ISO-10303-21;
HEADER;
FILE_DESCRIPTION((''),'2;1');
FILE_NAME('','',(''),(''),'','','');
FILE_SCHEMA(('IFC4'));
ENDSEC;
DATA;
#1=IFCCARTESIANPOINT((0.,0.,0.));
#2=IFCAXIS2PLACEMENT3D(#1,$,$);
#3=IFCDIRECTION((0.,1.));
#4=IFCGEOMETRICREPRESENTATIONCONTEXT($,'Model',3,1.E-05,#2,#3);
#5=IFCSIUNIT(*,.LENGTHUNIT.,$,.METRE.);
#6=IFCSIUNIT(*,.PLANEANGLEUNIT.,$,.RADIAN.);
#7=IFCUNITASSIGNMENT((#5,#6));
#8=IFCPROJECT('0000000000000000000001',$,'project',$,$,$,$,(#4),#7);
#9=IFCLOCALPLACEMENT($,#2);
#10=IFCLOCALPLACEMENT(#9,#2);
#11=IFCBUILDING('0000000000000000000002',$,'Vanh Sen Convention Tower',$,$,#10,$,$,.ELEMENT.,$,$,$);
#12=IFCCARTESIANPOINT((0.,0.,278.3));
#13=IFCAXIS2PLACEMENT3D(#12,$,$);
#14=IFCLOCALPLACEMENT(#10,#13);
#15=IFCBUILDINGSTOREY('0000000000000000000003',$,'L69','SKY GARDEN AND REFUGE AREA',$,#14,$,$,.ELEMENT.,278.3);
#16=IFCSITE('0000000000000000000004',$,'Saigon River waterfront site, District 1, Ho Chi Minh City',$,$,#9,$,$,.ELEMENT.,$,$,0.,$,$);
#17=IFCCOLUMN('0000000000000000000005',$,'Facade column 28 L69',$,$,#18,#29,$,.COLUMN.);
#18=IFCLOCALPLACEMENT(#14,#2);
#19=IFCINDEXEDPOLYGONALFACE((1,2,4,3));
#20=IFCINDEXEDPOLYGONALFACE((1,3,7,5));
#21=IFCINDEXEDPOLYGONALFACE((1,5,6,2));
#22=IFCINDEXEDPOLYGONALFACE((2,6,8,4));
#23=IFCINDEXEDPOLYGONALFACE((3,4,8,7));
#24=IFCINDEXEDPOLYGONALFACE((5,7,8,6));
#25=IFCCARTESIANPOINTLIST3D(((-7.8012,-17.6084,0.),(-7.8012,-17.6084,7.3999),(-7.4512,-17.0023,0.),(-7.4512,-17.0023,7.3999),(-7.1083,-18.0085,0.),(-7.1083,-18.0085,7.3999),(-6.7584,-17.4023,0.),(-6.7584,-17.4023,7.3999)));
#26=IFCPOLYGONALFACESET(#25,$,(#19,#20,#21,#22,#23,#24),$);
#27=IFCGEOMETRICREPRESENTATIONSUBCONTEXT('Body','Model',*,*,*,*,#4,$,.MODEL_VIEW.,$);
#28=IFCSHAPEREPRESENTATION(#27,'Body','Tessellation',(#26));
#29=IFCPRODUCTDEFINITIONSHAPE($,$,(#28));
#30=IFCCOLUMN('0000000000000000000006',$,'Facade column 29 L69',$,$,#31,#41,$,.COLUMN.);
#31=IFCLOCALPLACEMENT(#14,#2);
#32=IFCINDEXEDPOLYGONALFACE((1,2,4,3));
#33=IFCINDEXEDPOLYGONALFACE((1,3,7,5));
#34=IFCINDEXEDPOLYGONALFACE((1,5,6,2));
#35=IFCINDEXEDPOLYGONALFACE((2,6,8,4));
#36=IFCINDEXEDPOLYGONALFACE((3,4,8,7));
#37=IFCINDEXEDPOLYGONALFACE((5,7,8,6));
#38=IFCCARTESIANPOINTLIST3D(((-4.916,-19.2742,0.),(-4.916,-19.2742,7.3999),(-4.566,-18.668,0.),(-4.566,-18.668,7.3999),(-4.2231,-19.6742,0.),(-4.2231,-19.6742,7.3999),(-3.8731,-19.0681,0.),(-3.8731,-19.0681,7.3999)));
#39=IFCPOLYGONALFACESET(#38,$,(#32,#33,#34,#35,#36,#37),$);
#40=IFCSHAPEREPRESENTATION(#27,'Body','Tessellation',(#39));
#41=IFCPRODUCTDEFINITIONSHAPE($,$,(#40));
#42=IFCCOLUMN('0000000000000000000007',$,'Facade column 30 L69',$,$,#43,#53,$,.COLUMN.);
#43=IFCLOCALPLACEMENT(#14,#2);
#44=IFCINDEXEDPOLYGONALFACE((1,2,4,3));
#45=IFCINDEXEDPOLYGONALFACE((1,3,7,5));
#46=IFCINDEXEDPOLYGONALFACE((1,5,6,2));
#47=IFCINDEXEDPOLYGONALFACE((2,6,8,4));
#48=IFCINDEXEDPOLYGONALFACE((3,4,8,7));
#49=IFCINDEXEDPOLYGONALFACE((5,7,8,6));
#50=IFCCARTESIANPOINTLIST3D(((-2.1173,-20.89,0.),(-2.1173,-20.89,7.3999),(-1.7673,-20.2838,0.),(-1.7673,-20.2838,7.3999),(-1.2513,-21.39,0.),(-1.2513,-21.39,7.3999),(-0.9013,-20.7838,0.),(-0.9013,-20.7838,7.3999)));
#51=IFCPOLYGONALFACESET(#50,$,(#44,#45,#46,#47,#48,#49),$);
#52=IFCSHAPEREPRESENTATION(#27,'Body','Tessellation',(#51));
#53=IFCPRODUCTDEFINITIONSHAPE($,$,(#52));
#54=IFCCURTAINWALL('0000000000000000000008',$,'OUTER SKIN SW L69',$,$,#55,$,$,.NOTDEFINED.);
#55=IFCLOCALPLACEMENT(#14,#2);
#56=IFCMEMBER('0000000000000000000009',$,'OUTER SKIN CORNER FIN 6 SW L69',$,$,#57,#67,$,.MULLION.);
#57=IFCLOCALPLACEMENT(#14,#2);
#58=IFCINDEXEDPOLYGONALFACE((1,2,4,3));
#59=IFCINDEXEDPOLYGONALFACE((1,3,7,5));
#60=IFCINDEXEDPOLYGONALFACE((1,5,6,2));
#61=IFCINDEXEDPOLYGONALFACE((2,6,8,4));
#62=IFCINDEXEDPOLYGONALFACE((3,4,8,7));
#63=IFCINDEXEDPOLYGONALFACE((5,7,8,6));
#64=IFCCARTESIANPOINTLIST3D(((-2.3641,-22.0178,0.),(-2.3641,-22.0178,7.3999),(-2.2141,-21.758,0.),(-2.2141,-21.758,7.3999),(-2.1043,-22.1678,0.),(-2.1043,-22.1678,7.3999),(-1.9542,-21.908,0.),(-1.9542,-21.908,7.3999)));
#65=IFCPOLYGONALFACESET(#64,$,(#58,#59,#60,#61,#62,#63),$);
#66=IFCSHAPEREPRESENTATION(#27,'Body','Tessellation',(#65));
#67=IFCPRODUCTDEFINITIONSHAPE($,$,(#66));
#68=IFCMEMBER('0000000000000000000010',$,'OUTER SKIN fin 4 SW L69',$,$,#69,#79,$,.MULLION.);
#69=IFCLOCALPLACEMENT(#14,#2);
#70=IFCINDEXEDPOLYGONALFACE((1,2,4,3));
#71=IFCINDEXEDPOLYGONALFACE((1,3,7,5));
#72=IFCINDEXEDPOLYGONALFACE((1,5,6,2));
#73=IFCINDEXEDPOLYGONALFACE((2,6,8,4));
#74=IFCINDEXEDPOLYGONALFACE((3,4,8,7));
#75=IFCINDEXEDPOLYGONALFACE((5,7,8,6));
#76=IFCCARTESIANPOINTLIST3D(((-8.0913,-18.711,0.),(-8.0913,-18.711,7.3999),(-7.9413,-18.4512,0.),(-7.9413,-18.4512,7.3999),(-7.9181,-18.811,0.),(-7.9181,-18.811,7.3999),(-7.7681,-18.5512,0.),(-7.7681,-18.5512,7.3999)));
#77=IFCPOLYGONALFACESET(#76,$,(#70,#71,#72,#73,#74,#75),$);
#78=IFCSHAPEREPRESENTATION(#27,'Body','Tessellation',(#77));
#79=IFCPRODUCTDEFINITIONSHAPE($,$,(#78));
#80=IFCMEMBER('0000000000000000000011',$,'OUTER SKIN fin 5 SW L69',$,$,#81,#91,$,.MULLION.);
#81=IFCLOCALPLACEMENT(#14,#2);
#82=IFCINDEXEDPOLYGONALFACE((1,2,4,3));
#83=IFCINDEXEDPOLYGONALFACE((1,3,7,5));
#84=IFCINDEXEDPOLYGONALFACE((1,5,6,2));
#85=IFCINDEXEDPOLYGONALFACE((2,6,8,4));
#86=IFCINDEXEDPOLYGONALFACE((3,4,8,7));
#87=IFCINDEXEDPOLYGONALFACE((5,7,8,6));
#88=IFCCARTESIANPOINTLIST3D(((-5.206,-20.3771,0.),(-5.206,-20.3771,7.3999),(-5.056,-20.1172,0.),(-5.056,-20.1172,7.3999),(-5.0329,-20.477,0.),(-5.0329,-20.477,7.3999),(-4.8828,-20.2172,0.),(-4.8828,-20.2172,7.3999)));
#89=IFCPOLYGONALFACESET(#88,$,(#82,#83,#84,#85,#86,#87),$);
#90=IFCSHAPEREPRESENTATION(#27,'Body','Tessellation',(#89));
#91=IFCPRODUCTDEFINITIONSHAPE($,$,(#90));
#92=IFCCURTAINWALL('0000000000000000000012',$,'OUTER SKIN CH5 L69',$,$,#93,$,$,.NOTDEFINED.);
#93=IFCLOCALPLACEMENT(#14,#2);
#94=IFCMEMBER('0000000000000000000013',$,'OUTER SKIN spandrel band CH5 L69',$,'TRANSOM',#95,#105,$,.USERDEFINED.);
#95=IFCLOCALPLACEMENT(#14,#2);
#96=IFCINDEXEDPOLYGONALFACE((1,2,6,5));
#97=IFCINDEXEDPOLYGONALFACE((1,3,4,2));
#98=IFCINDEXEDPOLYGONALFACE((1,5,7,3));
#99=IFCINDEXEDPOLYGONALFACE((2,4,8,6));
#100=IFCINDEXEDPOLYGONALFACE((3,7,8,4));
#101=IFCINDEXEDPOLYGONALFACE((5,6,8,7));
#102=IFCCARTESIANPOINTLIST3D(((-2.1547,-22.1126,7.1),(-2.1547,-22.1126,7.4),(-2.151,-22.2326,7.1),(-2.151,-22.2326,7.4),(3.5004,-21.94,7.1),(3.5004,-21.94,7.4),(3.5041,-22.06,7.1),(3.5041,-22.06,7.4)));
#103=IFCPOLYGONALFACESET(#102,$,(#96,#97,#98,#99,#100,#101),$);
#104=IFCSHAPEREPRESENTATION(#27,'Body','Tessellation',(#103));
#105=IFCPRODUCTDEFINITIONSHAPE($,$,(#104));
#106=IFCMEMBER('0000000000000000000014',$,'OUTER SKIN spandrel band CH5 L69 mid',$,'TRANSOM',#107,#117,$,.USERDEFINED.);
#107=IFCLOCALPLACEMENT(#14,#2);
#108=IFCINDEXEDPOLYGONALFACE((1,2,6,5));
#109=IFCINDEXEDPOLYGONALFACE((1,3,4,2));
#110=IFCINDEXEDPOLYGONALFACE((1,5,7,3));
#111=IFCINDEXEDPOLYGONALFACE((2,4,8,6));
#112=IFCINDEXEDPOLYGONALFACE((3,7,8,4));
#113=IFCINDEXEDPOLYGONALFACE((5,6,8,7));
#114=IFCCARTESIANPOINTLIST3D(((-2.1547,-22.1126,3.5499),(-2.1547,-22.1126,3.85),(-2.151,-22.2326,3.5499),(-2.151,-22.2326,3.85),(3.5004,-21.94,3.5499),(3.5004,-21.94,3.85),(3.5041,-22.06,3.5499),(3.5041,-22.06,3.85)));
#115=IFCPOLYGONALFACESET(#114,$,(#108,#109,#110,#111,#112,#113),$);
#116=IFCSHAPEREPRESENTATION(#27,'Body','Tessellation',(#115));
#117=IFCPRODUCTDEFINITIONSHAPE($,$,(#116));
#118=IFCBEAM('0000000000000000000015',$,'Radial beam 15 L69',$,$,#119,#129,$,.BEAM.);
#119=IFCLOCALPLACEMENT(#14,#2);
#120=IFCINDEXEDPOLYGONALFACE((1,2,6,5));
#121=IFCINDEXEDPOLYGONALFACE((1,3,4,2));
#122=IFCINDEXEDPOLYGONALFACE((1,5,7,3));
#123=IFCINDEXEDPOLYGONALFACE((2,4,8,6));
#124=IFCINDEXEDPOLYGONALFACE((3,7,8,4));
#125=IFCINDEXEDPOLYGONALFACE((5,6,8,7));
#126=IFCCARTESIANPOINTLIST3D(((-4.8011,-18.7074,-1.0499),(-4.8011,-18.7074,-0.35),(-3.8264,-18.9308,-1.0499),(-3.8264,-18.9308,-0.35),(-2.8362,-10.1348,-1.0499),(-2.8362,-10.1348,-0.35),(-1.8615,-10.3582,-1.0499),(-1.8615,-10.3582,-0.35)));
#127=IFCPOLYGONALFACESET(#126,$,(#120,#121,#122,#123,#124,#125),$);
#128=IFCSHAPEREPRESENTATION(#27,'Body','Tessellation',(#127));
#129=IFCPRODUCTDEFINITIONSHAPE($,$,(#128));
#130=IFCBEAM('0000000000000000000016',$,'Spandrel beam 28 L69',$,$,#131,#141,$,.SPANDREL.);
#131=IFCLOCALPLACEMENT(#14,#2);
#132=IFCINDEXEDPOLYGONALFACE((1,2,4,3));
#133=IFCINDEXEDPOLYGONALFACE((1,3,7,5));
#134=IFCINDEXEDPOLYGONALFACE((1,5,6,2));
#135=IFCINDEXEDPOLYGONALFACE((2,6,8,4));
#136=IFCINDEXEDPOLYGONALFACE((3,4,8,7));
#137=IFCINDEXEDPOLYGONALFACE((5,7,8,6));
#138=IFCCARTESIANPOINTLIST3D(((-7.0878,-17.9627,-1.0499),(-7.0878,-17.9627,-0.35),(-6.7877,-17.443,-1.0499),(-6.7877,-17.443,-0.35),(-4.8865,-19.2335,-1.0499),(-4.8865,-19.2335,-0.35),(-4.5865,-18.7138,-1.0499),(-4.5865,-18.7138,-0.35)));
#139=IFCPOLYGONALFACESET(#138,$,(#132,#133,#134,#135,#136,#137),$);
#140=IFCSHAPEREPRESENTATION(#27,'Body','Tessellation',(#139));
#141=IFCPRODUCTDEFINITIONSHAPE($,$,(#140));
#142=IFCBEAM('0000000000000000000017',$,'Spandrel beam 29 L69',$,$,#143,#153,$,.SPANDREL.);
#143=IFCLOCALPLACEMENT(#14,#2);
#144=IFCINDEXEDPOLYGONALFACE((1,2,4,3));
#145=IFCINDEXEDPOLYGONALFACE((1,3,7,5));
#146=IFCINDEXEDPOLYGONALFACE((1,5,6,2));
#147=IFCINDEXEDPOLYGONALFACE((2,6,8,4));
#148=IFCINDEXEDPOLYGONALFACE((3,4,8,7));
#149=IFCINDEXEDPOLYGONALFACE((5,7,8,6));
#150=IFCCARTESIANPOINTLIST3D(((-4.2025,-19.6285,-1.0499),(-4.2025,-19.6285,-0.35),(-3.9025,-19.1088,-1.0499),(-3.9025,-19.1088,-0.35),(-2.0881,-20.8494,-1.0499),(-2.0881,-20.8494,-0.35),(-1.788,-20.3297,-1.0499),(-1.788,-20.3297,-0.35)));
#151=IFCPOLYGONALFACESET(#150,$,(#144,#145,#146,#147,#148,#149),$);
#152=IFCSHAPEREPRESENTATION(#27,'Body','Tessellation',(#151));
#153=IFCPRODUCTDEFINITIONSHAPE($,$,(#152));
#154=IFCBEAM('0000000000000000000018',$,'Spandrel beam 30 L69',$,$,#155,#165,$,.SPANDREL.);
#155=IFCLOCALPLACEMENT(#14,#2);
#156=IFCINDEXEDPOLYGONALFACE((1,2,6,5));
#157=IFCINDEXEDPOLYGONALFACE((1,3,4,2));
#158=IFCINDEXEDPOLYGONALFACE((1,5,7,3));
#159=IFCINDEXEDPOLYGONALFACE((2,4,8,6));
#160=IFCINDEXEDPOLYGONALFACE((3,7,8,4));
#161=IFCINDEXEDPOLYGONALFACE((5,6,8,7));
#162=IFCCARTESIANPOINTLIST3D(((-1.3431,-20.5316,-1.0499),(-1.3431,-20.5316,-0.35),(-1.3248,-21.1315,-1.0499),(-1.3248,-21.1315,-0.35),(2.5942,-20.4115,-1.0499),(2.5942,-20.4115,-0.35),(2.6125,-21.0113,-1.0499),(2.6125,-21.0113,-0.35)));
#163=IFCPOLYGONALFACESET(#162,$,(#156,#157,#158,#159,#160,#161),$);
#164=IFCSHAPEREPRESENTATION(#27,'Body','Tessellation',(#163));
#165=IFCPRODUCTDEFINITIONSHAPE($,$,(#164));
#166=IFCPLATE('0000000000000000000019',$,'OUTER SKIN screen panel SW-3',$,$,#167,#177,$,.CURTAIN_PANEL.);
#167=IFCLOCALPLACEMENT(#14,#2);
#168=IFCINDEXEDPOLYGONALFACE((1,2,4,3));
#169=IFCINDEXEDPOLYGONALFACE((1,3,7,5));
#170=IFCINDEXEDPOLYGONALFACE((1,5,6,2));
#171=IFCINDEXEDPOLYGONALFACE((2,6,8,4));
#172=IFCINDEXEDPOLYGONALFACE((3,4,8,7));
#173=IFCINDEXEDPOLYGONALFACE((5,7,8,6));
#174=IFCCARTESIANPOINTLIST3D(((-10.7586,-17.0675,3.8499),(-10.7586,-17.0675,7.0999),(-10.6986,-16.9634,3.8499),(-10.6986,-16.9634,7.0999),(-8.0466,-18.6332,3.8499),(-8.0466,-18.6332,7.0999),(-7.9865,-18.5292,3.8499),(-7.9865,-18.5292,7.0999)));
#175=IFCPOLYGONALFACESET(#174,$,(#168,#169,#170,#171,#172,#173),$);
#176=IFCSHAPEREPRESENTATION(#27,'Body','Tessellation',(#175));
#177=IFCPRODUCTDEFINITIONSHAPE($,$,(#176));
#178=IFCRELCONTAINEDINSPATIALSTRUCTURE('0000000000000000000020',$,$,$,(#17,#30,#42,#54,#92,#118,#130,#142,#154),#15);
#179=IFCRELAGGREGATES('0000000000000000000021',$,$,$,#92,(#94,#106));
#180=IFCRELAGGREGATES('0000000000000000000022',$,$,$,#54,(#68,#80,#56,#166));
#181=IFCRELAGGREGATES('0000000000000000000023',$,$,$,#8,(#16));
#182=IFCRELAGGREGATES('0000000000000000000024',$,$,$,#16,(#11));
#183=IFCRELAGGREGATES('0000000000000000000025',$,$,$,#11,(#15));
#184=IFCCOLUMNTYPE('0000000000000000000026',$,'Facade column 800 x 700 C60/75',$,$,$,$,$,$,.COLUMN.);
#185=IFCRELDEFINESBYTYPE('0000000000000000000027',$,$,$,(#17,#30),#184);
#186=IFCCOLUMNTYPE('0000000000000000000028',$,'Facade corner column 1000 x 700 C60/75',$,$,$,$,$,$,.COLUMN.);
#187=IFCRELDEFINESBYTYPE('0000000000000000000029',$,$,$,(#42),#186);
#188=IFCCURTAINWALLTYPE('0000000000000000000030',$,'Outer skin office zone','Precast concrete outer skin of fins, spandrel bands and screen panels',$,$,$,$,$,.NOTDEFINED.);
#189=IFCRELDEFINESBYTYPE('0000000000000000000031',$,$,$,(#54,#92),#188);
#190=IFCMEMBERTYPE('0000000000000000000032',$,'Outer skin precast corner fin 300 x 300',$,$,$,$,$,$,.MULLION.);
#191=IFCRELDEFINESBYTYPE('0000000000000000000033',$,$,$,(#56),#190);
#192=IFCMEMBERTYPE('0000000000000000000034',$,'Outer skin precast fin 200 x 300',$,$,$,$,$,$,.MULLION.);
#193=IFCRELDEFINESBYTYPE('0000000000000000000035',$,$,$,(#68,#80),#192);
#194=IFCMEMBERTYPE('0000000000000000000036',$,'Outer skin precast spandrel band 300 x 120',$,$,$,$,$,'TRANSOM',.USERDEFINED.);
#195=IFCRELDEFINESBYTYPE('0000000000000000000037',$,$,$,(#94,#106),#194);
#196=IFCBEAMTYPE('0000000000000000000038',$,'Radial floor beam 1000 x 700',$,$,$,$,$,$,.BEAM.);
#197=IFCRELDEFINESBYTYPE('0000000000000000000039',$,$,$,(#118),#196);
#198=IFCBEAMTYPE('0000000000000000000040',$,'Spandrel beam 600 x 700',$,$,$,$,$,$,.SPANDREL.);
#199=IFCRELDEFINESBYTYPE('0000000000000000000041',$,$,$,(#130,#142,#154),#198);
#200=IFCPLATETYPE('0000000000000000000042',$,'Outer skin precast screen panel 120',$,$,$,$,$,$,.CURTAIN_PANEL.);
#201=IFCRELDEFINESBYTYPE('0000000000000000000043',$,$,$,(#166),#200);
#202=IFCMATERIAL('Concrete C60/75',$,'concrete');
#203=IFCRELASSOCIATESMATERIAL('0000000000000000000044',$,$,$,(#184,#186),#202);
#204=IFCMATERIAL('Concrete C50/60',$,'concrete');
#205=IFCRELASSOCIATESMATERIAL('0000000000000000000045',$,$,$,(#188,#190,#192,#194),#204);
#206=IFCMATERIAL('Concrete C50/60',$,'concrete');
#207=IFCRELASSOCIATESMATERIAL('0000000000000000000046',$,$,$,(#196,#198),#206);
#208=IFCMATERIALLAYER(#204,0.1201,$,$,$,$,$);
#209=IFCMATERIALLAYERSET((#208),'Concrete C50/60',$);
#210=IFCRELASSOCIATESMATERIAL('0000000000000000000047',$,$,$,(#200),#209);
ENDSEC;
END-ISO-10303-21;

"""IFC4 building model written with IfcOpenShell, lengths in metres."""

from ifc_helpers import new_model, si_unit, direction, frame, origin, origin_2d, place, context, subcontext, project, spatial, rectangle, extrude, material, layer, layer_set, material_profile, profile_set, type_object, element, aggregate, save


model = new_model("IFC4")

# Units and contexts
model_context = context("Model", 3, precision=1e-05, world=origin(), true_north=direction((0.0, 1.0)))
body_context = subcontext(model_context, "Body", "Model", "MODEL_VIEW")
ifc_project = project(units=[si_unit("LENGTHUNIT", "METRE"), si_unit("PLANEANGLEUNIT", "RADIAN")], contexts=[model_context])

# Site, building, storey
site_placement = place(None, origin())
site = spatial("IfcSite", under=ifc_project, at=site_placement, Name="Saigon River waterfront site, District 1, Ho Chi Minh City", CompositionType="ELEMENT", RefElevation=0.0)
building_placement = place(site_placement, origin())
building = spatial("IfcBuilding", under=site, at=building_placement, Name="Vanh Sen Convention Tower", CompositionType="ELEMENT")
storey_placement = place(building_placement, frame((0.0, 0.0, 278.3)))
storey = spatial("IfcBuildingStorey", under=building, at=storey_placement, Name="L69", Description="SKY GARDEN AND REFUGE AREA", CompositionType="ELEMENT", Elevation=278.3)

# Columns
ifc_material_1 = material(Name="Concrete C60/75", Category="concrete")
ifc_material_profile_1 = material_profile(ifc_material_1, rectangle(XDim=0.8, YDim=0.7, at=origin_2d()), Name="RC 800X700")
ifc_profile_set_1 = profile_set([ifc_material_profile_1], Name="Concrete C60/75")
column_type_1 = type_object("IfcColumnType", Name="Facade column 800 x 700 C60/75", PredefinedType="COLUMN", material=ifc_profile_set_1)
for number, where, z_axis, x_axis, name in (
    (1, (-7.2798, -17.5054, 0.0), (0.0, 0.0, 1.0), (0.866025, -0.5, 0.0), "Facade column 28 L69"),
    (2, (-4.3945, -19.1711, 0.0), (0.0, 0.0, 1.0), (0.866025, -0.5, 0.0), "Facade column 29 L69"),
):
    element("IfcColumn", number, at=place(storey_placement, frame(where, z_axis=z_axis, x_axis=x_axis)), inside=storey, type_object=column_type_1, Name=name, PredefinedType="COLUMN", context=body_context, shape_type="SweptSolid", body=[
        extrude(rectangle(XDim=0.8, YDim=0.7, at=origin_2d()), origin(), (0.0, 0.0, 1.0), 7.3999),
    ])
ifc_material_profile_2 = material_profile(ifc_material_1, rectangle(XDim=1.0, YDim=0.7, at=origin_2d()), Name="RC 1000X700")
ifc_profile_set_2 = profile_set([ifc_material_profile_2], Name="Concrete C60/75")
column_type_2 = type_object("IfcColumnType", Name="Facade corner column 1000 x 700 C60/75", PredefinedType="COLUMN", material=ifc_profile_set_2)
column_placement = place(storey_placement, frame((-1.5093, -20.8369, 0.0), z_axis=(0.0, 0.0, 1.0), x_axis=(0.866025, -0.5, 0.0)))
element("IfcColumn", 3, at=column_placement, inside=storey, type_object=column_type_2, Name="Facade column 30 L69", PredefinedType="COLUMN", context=body_context, shape_type="SweptSolid", body=[
    extrude(rectangle(XDim=1.0, YDim=0.7, at=origin_2d()), origin(), (0.0, 0.0, 1.0), 7.3999),
])

# Curtain walls, members
ifc_material_2 = material(Name="Concrete C50/60", Category="concrete")
curtain_wall_type = type_object("IfcCurtainWallType", Name="Outer skin office zone", Description="Precast concrete outer skin of fins, spandrel bands and screen panels", PredefinedType="NOTDEFINED", material=ifc_material_2)
curtain_wall_1_placement = place(storey_placement, origin())
curtain_wall_1 = element("IfcCurtainWall", 4, at=curtain_wall_1_placement, inside=storey, type_object=curtain_wall_type, Name="OUTER SKIN SW L69", PredefinedType="NOTDEFINED")
ifc_material_profile_3 = material_profile(ifc_material_2, rectangle(XDim=0.3, YDim=0.3, at=origin_2d()), Name="Outer skin precast corner fin 300 x 300")
ifc_profile_set_3 = profile_set([ifc_material_profile_3], Name="Concrete C50/60")
member_type_1 = type_object("IfcMemberType", Name="Outer skin precast corner fin 300 x 300", PredefinedType="MULLION", material=ifc_profile_set_3)
member_1_placement = place(storey_placement, frame((-2.1592, -21.9629, 0.0), z_axis=(0.0, 0.0, 1.0), x_axis=(0.866025, -0.5, 0.0)))
member_1 = element("IfcMember", 5, at=member_1_placement, type_object=member_type_1, Name="OUTER SKIN CORNER FIN 6 SW L69", PredefinedType="MULLION", context=body_context, shape_type="SweptSolid", body=[
    extrude(rectangle(XDim=0.3, YDim=0.3, at=origin_2d()), origin(), (0.0, 0.0, 1.0), 7.3999),
])
ifc_material_profile_4 = material_profile(ifc_material_2, rectangle(XDim=0.2, YDim=0.3, at=origin_2d()), Name="Outer skin precast fin 200 x 300")
ifc_profile_set_4 = profile_set([ifc_material_profile_4], Name="Concrete C50/60")
member_type_2 = type_object("IfcMemberType", Name="Outer skin precast fin 200 x 300", PredefinedType="MULLION", material=ifc_profile_set_4)
member_2_placement = place(storey_placement, frame((-7.9297, -18.6311, 0.0), z_axis=(0.0, 0.0, 1.0), x_axis=(0.866025, -0.5, 0.0)))
member_2 = element("IfcMember", 6, at=member_2_placement, type_object=member_type_2, Name="OUTER SKIN fin 4 SW L69", PredefinedType="MULLION", context=body_context, shape_type="SweptSolid", body=[
    extrude(rectangle(XDim=0.2, YDim=0.3, at=origin_2d()), origin(), (0.0, 0.0, 1.0), 7.3999),
])
member_3_placement = place(storey_placement, frame((-5.0444, -20.2971, 0.0), z_axis=(0.0, 0.0, 1.0), x_axis=(0.866025, -0.5, 0.0)))
member_3 = element("IfcMember", 7, at=member_3_placement, type_object=member_type_2, Name="OUTER SKIN fin 5 SW L69", PredefinedType="MULLION", context=body_context, shape_type="SweptSolid", body=[
    extrude(rectangle(XDim=0.2, YDim=0.3, at=origin_2d()), origin(), (0.0, 0.0, 1.0), 7.3999),
])
curtain_wall_2_placement = place(storey_placement, origin())
curtain_wall_2 = element("IfcCurtainWall", 8, at=curtain_wall_2_placement, inside=storey, type_object=curtain_wall_type, Name="OUTER SKIN CH5 L69", PredefinedType="NOTDEFINED")
ifc_material_profile_5 = material_profile(ifc_material_2, rectangle(XDim=0.1201, YDim=0.3, at=origin_2d()), Name="Outer skin precast spandrel band 300 x 120")
ifc_profile_set_5 = profile_set([ifc_material_profile_5], Name="Concrete C50/60")
member_type_3 = type_object("IfcMemberType", Name="Outer skin precast spandrel band 300 x 120", ElementType="TRANSOM", PredefinedType="USERDEFINED", material=ifc_profile_set_5)
member_4_placement = place(storey_placement, frame((-2.1528, -22.1726, 7.25), z_axis=(0.999535, 0.030509, 0.0), x_axis=(-0.030509, 0.999535, 0.0)))
member_4 = element("IfcMember", 9, at=member_4_placement, type_object=member_type_3, Name="OUTER SKIN spandrel band CH5 L69", ObjectType="TRANSOM", PredefinedType="USERDEFINED", context=body_context, shape_type="SweptSolid", body=[
    extrude(rectangle(XDim=0.1201, YDim=0.3, at=origin_2d()), origin(), (0.0, 0.0, 1.0), 5.6577),
])
member_5_placement = place(storey_placement, frame((-2.1528, -22.1726, 3.7), z_axis=(0.999535, 0.030509, 0.0), x_axis=(-0.030509, 0.999535, 0.0)))
member_5 = element("IfcMember", 10, at=member_5_placement, type_object=member_type_3, Name="OUTER SKIN spandrel band CH5 L69 mid", ObjectType="TRANSOM", PredefinedType="USERDEFINED", context=body_context, shape_type="SweptSolid", body=[
    extrude(rectangle(XDim=0.1201, YDim=0.3, at=origin_2d()), origin(), (0.0, 0.0, 1.0), 5.6577),
])
aggregate(curtain_wall_2, [member_4, member_5])

# Beams
ifc_material_3 = material(Name="Concrete C50/60", Category="concrete")
ifc_material_profile_6 = material_profile(ifc_material_3, rectangle(XDim=1.0, YDim=0.7, at=origin_2d()), Name="RC 1000X700")
ifc_profile_set_6 = profile_set([ifc_material_profile_6], Name="Concrete C50/60")
beam_type_1 = type_object("IfcBeamType", Name="Radial floor beam 1000 x 700", PredefinedType="BEAM", material=ifc_profile_set_6)
beam_1_placement = place(storey_placement, frame((-4.3137, -18.8191, -0.7), z_axis=(0.22341, 0.974725, 0.0), x_axis=(-0.974725, 0.22341, 0.0)))
element("IfcBeam", 11, at=beam_1_placement, inside=storey, type_object=beam_type_1, Name="Radial beam 15 L69", PredefinedType="BEAM", context=body_context, shape_type="SweptSolid", body=[
    extrude(rectangle(XDim=1.0, YDim=0.7, at=origin_2d()), origin(), (0.0, 0.0, 1.0), 8.7949),
])
ifc_material_profile_7 = material_profile(ifc_material_3, rectangle(XDim=0.6001, YDim=0.7, at=origin_2d()), Name="RC 600X700")
ifc_profile_set_7 = profile_set([ifc_material_profile_7], Name="Concrete C50/60")
beam_type_2 = type_object("IfcBeamType", Name="Spandrel beam 600 x 700", PredefinedType="SPANDREL", material=ifc_profile_set_7)
beam_2_placement = place(storey_placement, frame((-6.9377, -17.7029, -0.7), z_axis=(0.866042, -0.499972, 0.0), x_axis=(0.499972, 0.866042, 0.0)))
element("IfcBeam", 12, at=beam_2_placement, inside=storey, type_object=beam_type_2, Name="Spandrel beam 28 L69", PredefinedType="SPANDREL", context=body_context, shape_type="SweptSolid", body=[
    extrude(rectangle(XDim=0.6001, YDim=0.7, at=origin_2d()), origin(), (0.0, 0.0, 1.0), 2.5417),
])
beam_3_placement = place(storey_placement, frame((-4.0525, -19.3687, -0.7), z_axis=(0.866001, -0.500043, 0.0), x_axis=(0.500043, 0.866001, 0.0)))
element("IfcBeam", 13, at=beam_3_placement, inside=storey, type_object=beam_type_2, Name="Spandrel beam 29 L69", PredefinedType="SPANDREL", context=body_context, shape_type="SweptSolid", body=[
    extrude(rectangle(XDim=0.6001, YDim=0.7, at=origin_2d()), origin(), (0.0, 0.0, 1.0), 2.4417),
])
beam_4_placement = place(storey_placement, frame((-1.334, -20.8315, -0.7), z_axis=(0.999535, 0.030494, 0.0), x_axis=(-0.030494, 0.999535, 0.0)))
element("IfcBeam", 14, at=beam_4_placement, inside=storey, type_object=beam_type_2, Name="Spandrel beam 30 L69", PredefinedType="SPANDREL", context=body_context, shape_type="SweptSolid", body=[
    extrude(rectangle(XDim=0.6001, YDim=0.7, at=origin_2d()), origin(), (0.0, 0.0, 1.0), 3.9392),
])

# Plate
ifc_layer_1 = layer(ifc_material_2, 0.1201)
ifc_layer_set_1 = layer_set([ifc_layer_1], Name="Concrete C50/60")
plate_type = type_object("IfcPlateType", Name="Outer skin precast screen panel 120", PredefinedType="CURTAIN_PANEL", material=ifc_layer_set_1)
plate_1_placement = place(storey_placement, frame((-9.3726, -17.7983, 3.8499), z_axis=(0.0, 0.0, 1.0), x_axis=(0.866029, -0.499994, 0.0)))
plate_1 = element("IfcPlate", 15, at=plate_1_placement, type_object=plate_type, Name="OUTER SKIN screen panel SW-3", PredefinedType="CURTAIN_PANEL", context=body_context, shape_type="SweptSolid", body=[
    extrude(rectangle(XDim=3.1316, YDim=0.1201, at=origin_2d()), origin(), (0.0, 0.0, 1.0), 3.25),
])
aggregate(curtain_wall_1, [member_2, member_3, member_1, plate_1])

save(model, "model.ifc")
